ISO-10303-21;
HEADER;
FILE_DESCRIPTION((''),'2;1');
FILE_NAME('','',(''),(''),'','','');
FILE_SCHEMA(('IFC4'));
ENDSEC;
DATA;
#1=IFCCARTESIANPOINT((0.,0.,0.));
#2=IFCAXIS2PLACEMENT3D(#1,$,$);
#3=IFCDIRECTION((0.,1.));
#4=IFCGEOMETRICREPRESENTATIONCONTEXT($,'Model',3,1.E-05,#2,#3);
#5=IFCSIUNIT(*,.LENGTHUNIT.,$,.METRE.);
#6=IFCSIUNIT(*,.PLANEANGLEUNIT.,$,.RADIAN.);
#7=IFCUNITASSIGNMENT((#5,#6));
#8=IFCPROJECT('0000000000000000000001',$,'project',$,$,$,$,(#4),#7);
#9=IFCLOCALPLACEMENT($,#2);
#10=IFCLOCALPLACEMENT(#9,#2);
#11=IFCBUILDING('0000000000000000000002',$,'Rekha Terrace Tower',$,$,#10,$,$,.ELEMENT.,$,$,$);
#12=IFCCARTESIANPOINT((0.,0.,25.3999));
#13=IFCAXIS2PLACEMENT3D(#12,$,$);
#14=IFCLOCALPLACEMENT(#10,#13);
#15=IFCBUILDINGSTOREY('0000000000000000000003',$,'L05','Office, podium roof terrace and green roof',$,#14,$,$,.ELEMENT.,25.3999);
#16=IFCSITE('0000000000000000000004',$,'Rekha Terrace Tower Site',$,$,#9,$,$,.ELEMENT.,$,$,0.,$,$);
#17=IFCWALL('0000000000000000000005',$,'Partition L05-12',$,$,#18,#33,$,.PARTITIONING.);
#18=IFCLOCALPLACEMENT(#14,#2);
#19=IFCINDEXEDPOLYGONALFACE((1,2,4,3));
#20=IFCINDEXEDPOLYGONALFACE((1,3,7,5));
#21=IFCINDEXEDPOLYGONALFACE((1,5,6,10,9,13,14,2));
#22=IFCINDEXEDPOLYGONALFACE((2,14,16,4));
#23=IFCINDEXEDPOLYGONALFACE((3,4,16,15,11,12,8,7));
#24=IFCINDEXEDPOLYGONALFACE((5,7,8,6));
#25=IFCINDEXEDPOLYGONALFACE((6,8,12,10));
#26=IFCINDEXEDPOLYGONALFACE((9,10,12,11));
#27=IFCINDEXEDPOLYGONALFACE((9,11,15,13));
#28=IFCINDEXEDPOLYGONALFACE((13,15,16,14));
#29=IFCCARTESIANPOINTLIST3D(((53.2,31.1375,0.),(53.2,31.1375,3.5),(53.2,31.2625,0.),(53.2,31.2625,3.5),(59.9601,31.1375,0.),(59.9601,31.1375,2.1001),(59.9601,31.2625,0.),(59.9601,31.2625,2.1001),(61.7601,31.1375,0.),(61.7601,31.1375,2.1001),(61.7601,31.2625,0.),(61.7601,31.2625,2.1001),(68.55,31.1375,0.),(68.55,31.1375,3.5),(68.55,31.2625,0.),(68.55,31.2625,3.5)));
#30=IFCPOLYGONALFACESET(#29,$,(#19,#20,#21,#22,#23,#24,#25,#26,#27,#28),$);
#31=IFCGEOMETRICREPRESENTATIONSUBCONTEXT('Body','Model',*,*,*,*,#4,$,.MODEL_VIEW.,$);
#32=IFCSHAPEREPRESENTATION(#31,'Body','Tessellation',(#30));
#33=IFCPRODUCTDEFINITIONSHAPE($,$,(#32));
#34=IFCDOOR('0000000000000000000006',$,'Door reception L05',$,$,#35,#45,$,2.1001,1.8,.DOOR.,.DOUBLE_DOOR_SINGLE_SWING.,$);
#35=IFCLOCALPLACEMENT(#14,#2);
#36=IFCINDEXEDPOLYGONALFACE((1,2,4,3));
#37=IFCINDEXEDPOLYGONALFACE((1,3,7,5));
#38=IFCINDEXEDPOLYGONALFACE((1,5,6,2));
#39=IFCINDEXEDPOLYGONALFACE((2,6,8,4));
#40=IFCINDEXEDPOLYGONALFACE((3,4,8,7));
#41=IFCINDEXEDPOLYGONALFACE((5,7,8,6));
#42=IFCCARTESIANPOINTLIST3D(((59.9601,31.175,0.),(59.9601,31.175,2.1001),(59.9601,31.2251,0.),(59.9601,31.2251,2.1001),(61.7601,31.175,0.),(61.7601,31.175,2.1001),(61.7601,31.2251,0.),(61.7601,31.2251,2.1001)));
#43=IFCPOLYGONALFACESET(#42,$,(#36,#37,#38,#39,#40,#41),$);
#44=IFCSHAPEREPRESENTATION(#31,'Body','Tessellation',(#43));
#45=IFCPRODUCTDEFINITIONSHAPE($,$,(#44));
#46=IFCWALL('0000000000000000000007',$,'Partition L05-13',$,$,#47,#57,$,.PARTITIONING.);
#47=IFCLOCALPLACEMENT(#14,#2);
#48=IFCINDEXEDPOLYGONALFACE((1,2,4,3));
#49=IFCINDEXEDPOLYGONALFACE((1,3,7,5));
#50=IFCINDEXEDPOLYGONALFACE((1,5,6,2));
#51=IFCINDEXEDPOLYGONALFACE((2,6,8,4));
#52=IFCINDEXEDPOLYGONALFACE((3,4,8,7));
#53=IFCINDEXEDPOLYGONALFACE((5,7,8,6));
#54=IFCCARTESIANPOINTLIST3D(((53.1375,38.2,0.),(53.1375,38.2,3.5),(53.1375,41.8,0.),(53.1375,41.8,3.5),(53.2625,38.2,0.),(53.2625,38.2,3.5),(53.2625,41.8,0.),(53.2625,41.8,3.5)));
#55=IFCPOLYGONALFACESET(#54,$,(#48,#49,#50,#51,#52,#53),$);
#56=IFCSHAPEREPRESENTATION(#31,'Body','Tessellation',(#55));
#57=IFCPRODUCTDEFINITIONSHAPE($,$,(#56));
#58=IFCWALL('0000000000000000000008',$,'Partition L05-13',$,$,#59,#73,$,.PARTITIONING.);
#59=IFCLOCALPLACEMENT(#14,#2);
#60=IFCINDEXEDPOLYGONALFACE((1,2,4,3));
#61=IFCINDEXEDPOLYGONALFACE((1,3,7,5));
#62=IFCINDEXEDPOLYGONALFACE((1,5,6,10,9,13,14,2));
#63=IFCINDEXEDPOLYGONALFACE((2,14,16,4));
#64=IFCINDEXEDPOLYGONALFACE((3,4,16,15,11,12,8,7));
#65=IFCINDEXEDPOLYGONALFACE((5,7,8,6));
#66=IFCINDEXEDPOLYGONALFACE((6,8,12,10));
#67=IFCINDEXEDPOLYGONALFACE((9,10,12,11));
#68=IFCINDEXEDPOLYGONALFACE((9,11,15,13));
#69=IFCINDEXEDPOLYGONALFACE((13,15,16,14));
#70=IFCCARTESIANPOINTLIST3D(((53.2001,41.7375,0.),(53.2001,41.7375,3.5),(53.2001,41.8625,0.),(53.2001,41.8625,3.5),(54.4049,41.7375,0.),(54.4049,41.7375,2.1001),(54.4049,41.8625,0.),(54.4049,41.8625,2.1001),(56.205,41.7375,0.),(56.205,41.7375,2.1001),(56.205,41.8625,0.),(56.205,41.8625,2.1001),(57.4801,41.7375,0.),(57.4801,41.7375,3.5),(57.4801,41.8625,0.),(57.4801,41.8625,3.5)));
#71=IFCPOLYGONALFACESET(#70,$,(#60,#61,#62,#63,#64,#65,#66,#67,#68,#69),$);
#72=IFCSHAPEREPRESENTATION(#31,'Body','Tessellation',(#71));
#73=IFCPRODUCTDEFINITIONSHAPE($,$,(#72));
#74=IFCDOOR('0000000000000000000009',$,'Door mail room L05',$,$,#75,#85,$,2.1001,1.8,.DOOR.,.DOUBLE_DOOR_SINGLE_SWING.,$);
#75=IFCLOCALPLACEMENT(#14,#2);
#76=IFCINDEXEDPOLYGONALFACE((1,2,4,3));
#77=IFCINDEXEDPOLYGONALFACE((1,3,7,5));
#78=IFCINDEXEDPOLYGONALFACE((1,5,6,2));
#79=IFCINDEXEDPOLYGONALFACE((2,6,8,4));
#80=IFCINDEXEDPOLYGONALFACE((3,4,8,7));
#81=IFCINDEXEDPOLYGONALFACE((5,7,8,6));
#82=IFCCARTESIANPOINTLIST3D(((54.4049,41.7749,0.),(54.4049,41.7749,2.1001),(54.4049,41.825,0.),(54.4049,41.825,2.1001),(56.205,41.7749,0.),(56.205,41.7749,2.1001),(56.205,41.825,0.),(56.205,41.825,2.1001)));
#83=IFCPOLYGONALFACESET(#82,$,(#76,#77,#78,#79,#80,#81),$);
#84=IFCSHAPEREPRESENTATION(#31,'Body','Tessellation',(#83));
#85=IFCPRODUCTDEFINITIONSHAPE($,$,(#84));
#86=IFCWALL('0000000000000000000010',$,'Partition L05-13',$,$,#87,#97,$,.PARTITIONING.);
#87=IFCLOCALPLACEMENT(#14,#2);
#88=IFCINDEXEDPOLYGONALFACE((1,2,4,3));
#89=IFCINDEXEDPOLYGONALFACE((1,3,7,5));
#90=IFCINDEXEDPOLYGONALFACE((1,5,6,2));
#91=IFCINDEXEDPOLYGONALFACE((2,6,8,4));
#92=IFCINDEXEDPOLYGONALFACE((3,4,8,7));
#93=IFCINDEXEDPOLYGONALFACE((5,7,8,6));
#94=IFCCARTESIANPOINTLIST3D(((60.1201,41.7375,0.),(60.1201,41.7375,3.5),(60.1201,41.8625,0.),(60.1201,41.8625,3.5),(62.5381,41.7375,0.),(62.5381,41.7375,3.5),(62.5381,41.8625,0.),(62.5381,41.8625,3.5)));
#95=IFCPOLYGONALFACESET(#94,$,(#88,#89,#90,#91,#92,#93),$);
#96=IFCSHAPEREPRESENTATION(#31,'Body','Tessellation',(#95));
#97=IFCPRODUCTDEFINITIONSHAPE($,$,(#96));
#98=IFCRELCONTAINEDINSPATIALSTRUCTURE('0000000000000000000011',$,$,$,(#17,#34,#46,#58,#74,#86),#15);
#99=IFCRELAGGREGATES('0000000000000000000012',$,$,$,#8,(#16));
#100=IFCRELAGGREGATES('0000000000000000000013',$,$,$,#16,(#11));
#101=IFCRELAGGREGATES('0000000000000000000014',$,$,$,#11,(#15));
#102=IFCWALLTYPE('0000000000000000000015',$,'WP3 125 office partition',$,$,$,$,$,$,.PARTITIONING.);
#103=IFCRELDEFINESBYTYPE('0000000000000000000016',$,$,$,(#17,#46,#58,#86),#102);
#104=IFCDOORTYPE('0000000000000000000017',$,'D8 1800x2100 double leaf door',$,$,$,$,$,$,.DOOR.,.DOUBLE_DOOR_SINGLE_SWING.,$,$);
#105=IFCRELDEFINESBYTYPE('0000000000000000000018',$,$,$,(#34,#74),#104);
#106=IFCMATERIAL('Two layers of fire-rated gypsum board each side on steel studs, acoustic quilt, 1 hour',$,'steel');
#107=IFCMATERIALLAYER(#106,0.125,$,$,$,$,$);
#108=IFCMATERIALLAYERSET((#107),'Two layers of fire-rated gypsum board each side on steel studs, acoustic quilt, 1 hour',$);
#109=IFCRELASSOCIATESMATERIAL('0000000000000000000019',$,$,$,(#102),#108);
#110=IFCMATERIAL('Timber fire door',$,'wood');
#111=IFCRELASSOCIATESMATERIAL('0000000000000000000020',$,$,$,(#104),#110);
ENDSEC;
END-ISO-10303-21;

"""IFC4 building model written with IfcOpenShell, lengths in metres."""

from ifc_helpers import new_model, si_unit, direction, frame, frame_2d, origin, place, context, subcontext, project, spatial, rectangle, extrude, material, layer, layer_set, type_object, element, fill, save


model = new_model("IFC4")

# Units and contexts
model_context = context("Model", 3, precision=1e-05, world=origin(), true_north=direction((0.0, 1.0)))
body_context = subcontext(model_context, "Body", "Model", "MODEL_VIEW")
ifc_project = project(units=[si_unit("LENGTHUNIT", "METRE"), si_unit("PLANEANGLEUNIT", "RADIAN")], contexts=[model_context])

# Site, building, storey
site_placement = place(None, origin())
site = spatial("IfcSite", under=ifc_project, at=site_placement, Name="Rekha Terrace Tower Site", CompositionType="ELEMENT", RefElevation=0.0)
building_placement = place(site_placement, origin())
building = spatial("IfcBuilding", under=site, at=building_placement, Name="Rekha Terrace Tower", CompositionType="ELEMENT")
storey_placement = place(building_placement, frame((0.0, 0.0, 25.3999)))
storey = spatial("IfcBuildingStorey", under=building, at=storey_placement, Name="L05", Description="Office, podium roof terrace and green roof", CompositionType="ELEMENT", Elevation=25.3999)

# Shared definitions
ifc_material_1 = material(Name="Timber fire door", Category="wood")

# Shared definitions
ifc_material_2 = material(Name="Two layers of fire-rated gypsum board each side on steel studs, acoustic quilt, 1 hour", Category="steel")
ifc_layer_1 = layer(ifc_material_2, 0.125)
ifc_layer_set_1 = layer_set([ifc_layer_1], Name="Two layers of fire-rated gypsum board each side on steel studs, acoustic quilt, 1 hour")
wall_type_1 = type_object("IfcWallType", Name="WP3 125 office partition", PredefinedType="PARTITIONING", material=ifc_layer_set_1)

# Wall, opening, door
wall_1_placement = place(storey_placement, frame((68.55, 31.2, 0.0), z_axis=(0.0, 0.0, 1.0), x_axis=(-1.0, 0.0, 0.0)))
wall_1 = element("IfcWall", 1, at=wall_1_placement, inside=storey, type_object=wall_type_1, Name="Partition L05-12", PredefinedType="PARTITIONING", context=body_context, shape_type="SweptSolid", body=[
    extrude(rectangle(XDim=15.3501, YDim=0.125, at=frame_2d((7.675, 0.0))), origin(), (0.0, 0.0, 1.0), 3.5),
])
opening_1_placement = place(wall_1_placement, frame((6.79, 0.0, 0.0)))
opening_1 = element("IfcOpeningElement", 2, at=opening_1_placement, cuts=wall_1, PredefinedType="OPENING", context=body_context, shape_type="SweptSolid", body=[
    extrude(rectangle(XDim=1.8, YDim=2.1001, at=frame_2d((0.8999, 1.05))), frame((0.0, 0.0725, 0.0), z_axis=(0.0, -1.0, 0.0), x_axis=(1.0, 0.0, 0.0)), (0.0, 0.0, 1.0), 0.145),
])
door_type_1 = type_object("IfcDoorType", Name="D8 1800x2100 double leaf door", OperationType="DOUBLE_DOOR_SINGLE_SWING", PredefinedType="DOOR", material=ifc_material_1)
door_1_placement = place(opening_1_placement, origin())
door_1 = element("IfcDoor", 3, at=door_1_placement, inside=storey, type_object=door_type_1, Name="Door reception L05", OperationType="DOUBLE_DOOR_SINGLE_SWING", OverallHeight=2.1001, OverallWidth=1.8, PredefinedType="DOOR", context=body_context, shape_type="SweptSolid", body=[
    extrude(rectangle(XDim=1.8, YDim=2.1001, at=frame_2d((0.8999, 1.05))), frame((0.0, 0.0249, 0.0), z_axis=(0.0, -1.0, 0.0), x_axis=(1.0, 0.0, 0.0)), (0.0, 0.0, 1.0), 0.05),
])
fill(opening_1, door_1)

# Wall
wall_2_placement = place(storey_placement, frame((53.2, 38.2, 0.0), z_axis=(0.0, 0.0, 1.0), x_axis=(0.0, 1.0, 0.0)))
element("IfcWall", 4, at=wall_2_placement, inside=storey, type_object=wall_type_1, Name="Partition L05-13", PredefinedType="PARTITIONING", context=body_context, shape_type="SweptSolid", body=[
    extrude(rectangle(XDim=3.6001, YDim=0.125, at=frame_2d((1.8, 0.0))), origin(), (0.0, 0.0, 1.0), 3.5),
])

# Wall, opening, door
wall_3_placement = place(storey_placement, frame((53.2, 41.8, 0.0), z_axis=(0.0, 0.0, 1.0), x_axis=(1.0, 0.0, 0.0)))
wall_3 = element("IfcWall", 5, at=wall_3_placement, inside=storey, type_object=wall_type_1, Name="Partition L05-13", PredefinedType="PARTITIONING", context=body_context, shape_type="SweptSolid", body=[
    extrude(rectangle(XDim=4.28, YDim=0.125, at=frame_2d((2.1401, 0.0))), origin(), (0.0, 0.0, 1.0), 3.5),
])
opening_2_placement = place(wall_3_placement, frame((1.2051, 0.0, 0.0)))
opening_2 = element("IfcOpeningElement", 6, at=opening_2_placement, cuts=wall_3, PredefinedType="OPENING", context=body_context, shape_type="SweptSolid", body=[
    extrude(rectangle(XDim=1.8, YDim=2.1001, at=frame_2d((0.8999, 1.05))), frame((0.0, 0.0725, 0.0), z_axis=(0.0, -1.0, 0.0), x_axis=(1.0, 0.0, 0.0)), (0.0, 0.0, 1.0), 0.145),
])
door_2_placement = place(opening_2_placement, origin())
door_2 = element("IfcDoor", 7, at=door_2_placement, inside=storey, type_object=door_type_1, Name="Door mail room L05", OperationType="DOUBLE_DOOR_SINGLE_SWING", OverallHeight=2.1001, OverallWidth=1.8, PredefinedType="DOOR", context=body_context, shape_type="SweptSolid", body=[
    extrude(rectangle(XDim=1.8, YDim=2.1001, at=frame_2d((0.8999, 1.05))), frame((0.0, 0.0249, 0.0), z_axis=(0.0, -1.0, 0.0), x_axis=(1.0, 0.0, 0.0)), (0.0, 0.0, 1.0), 0.05),
])
fill(opening_2, door_2)

# Wall
wall_4_placement = place(storey_placement, frame((60.1201, 41.8, 0.0), z_axis=(0.0, 0.0, 1.0), x_axis=(1.0, 0.0, 0.0)))
element("IfcWall", 8, at=wall_4_placement, inside=storey, type_object=wall_type_1, Name="Partition L05-13", PredefinedType="PARTITIONING", context=body_context, shape_type="SweptSolid", body=[
    extrude(rectangle(XDim=2.418, YDim=0.125, at=frame_2d((1.209, 0.0))), origin(), (0.0, 0.0, 1.0), 3.5),
])

save(model, "model.ifc")
